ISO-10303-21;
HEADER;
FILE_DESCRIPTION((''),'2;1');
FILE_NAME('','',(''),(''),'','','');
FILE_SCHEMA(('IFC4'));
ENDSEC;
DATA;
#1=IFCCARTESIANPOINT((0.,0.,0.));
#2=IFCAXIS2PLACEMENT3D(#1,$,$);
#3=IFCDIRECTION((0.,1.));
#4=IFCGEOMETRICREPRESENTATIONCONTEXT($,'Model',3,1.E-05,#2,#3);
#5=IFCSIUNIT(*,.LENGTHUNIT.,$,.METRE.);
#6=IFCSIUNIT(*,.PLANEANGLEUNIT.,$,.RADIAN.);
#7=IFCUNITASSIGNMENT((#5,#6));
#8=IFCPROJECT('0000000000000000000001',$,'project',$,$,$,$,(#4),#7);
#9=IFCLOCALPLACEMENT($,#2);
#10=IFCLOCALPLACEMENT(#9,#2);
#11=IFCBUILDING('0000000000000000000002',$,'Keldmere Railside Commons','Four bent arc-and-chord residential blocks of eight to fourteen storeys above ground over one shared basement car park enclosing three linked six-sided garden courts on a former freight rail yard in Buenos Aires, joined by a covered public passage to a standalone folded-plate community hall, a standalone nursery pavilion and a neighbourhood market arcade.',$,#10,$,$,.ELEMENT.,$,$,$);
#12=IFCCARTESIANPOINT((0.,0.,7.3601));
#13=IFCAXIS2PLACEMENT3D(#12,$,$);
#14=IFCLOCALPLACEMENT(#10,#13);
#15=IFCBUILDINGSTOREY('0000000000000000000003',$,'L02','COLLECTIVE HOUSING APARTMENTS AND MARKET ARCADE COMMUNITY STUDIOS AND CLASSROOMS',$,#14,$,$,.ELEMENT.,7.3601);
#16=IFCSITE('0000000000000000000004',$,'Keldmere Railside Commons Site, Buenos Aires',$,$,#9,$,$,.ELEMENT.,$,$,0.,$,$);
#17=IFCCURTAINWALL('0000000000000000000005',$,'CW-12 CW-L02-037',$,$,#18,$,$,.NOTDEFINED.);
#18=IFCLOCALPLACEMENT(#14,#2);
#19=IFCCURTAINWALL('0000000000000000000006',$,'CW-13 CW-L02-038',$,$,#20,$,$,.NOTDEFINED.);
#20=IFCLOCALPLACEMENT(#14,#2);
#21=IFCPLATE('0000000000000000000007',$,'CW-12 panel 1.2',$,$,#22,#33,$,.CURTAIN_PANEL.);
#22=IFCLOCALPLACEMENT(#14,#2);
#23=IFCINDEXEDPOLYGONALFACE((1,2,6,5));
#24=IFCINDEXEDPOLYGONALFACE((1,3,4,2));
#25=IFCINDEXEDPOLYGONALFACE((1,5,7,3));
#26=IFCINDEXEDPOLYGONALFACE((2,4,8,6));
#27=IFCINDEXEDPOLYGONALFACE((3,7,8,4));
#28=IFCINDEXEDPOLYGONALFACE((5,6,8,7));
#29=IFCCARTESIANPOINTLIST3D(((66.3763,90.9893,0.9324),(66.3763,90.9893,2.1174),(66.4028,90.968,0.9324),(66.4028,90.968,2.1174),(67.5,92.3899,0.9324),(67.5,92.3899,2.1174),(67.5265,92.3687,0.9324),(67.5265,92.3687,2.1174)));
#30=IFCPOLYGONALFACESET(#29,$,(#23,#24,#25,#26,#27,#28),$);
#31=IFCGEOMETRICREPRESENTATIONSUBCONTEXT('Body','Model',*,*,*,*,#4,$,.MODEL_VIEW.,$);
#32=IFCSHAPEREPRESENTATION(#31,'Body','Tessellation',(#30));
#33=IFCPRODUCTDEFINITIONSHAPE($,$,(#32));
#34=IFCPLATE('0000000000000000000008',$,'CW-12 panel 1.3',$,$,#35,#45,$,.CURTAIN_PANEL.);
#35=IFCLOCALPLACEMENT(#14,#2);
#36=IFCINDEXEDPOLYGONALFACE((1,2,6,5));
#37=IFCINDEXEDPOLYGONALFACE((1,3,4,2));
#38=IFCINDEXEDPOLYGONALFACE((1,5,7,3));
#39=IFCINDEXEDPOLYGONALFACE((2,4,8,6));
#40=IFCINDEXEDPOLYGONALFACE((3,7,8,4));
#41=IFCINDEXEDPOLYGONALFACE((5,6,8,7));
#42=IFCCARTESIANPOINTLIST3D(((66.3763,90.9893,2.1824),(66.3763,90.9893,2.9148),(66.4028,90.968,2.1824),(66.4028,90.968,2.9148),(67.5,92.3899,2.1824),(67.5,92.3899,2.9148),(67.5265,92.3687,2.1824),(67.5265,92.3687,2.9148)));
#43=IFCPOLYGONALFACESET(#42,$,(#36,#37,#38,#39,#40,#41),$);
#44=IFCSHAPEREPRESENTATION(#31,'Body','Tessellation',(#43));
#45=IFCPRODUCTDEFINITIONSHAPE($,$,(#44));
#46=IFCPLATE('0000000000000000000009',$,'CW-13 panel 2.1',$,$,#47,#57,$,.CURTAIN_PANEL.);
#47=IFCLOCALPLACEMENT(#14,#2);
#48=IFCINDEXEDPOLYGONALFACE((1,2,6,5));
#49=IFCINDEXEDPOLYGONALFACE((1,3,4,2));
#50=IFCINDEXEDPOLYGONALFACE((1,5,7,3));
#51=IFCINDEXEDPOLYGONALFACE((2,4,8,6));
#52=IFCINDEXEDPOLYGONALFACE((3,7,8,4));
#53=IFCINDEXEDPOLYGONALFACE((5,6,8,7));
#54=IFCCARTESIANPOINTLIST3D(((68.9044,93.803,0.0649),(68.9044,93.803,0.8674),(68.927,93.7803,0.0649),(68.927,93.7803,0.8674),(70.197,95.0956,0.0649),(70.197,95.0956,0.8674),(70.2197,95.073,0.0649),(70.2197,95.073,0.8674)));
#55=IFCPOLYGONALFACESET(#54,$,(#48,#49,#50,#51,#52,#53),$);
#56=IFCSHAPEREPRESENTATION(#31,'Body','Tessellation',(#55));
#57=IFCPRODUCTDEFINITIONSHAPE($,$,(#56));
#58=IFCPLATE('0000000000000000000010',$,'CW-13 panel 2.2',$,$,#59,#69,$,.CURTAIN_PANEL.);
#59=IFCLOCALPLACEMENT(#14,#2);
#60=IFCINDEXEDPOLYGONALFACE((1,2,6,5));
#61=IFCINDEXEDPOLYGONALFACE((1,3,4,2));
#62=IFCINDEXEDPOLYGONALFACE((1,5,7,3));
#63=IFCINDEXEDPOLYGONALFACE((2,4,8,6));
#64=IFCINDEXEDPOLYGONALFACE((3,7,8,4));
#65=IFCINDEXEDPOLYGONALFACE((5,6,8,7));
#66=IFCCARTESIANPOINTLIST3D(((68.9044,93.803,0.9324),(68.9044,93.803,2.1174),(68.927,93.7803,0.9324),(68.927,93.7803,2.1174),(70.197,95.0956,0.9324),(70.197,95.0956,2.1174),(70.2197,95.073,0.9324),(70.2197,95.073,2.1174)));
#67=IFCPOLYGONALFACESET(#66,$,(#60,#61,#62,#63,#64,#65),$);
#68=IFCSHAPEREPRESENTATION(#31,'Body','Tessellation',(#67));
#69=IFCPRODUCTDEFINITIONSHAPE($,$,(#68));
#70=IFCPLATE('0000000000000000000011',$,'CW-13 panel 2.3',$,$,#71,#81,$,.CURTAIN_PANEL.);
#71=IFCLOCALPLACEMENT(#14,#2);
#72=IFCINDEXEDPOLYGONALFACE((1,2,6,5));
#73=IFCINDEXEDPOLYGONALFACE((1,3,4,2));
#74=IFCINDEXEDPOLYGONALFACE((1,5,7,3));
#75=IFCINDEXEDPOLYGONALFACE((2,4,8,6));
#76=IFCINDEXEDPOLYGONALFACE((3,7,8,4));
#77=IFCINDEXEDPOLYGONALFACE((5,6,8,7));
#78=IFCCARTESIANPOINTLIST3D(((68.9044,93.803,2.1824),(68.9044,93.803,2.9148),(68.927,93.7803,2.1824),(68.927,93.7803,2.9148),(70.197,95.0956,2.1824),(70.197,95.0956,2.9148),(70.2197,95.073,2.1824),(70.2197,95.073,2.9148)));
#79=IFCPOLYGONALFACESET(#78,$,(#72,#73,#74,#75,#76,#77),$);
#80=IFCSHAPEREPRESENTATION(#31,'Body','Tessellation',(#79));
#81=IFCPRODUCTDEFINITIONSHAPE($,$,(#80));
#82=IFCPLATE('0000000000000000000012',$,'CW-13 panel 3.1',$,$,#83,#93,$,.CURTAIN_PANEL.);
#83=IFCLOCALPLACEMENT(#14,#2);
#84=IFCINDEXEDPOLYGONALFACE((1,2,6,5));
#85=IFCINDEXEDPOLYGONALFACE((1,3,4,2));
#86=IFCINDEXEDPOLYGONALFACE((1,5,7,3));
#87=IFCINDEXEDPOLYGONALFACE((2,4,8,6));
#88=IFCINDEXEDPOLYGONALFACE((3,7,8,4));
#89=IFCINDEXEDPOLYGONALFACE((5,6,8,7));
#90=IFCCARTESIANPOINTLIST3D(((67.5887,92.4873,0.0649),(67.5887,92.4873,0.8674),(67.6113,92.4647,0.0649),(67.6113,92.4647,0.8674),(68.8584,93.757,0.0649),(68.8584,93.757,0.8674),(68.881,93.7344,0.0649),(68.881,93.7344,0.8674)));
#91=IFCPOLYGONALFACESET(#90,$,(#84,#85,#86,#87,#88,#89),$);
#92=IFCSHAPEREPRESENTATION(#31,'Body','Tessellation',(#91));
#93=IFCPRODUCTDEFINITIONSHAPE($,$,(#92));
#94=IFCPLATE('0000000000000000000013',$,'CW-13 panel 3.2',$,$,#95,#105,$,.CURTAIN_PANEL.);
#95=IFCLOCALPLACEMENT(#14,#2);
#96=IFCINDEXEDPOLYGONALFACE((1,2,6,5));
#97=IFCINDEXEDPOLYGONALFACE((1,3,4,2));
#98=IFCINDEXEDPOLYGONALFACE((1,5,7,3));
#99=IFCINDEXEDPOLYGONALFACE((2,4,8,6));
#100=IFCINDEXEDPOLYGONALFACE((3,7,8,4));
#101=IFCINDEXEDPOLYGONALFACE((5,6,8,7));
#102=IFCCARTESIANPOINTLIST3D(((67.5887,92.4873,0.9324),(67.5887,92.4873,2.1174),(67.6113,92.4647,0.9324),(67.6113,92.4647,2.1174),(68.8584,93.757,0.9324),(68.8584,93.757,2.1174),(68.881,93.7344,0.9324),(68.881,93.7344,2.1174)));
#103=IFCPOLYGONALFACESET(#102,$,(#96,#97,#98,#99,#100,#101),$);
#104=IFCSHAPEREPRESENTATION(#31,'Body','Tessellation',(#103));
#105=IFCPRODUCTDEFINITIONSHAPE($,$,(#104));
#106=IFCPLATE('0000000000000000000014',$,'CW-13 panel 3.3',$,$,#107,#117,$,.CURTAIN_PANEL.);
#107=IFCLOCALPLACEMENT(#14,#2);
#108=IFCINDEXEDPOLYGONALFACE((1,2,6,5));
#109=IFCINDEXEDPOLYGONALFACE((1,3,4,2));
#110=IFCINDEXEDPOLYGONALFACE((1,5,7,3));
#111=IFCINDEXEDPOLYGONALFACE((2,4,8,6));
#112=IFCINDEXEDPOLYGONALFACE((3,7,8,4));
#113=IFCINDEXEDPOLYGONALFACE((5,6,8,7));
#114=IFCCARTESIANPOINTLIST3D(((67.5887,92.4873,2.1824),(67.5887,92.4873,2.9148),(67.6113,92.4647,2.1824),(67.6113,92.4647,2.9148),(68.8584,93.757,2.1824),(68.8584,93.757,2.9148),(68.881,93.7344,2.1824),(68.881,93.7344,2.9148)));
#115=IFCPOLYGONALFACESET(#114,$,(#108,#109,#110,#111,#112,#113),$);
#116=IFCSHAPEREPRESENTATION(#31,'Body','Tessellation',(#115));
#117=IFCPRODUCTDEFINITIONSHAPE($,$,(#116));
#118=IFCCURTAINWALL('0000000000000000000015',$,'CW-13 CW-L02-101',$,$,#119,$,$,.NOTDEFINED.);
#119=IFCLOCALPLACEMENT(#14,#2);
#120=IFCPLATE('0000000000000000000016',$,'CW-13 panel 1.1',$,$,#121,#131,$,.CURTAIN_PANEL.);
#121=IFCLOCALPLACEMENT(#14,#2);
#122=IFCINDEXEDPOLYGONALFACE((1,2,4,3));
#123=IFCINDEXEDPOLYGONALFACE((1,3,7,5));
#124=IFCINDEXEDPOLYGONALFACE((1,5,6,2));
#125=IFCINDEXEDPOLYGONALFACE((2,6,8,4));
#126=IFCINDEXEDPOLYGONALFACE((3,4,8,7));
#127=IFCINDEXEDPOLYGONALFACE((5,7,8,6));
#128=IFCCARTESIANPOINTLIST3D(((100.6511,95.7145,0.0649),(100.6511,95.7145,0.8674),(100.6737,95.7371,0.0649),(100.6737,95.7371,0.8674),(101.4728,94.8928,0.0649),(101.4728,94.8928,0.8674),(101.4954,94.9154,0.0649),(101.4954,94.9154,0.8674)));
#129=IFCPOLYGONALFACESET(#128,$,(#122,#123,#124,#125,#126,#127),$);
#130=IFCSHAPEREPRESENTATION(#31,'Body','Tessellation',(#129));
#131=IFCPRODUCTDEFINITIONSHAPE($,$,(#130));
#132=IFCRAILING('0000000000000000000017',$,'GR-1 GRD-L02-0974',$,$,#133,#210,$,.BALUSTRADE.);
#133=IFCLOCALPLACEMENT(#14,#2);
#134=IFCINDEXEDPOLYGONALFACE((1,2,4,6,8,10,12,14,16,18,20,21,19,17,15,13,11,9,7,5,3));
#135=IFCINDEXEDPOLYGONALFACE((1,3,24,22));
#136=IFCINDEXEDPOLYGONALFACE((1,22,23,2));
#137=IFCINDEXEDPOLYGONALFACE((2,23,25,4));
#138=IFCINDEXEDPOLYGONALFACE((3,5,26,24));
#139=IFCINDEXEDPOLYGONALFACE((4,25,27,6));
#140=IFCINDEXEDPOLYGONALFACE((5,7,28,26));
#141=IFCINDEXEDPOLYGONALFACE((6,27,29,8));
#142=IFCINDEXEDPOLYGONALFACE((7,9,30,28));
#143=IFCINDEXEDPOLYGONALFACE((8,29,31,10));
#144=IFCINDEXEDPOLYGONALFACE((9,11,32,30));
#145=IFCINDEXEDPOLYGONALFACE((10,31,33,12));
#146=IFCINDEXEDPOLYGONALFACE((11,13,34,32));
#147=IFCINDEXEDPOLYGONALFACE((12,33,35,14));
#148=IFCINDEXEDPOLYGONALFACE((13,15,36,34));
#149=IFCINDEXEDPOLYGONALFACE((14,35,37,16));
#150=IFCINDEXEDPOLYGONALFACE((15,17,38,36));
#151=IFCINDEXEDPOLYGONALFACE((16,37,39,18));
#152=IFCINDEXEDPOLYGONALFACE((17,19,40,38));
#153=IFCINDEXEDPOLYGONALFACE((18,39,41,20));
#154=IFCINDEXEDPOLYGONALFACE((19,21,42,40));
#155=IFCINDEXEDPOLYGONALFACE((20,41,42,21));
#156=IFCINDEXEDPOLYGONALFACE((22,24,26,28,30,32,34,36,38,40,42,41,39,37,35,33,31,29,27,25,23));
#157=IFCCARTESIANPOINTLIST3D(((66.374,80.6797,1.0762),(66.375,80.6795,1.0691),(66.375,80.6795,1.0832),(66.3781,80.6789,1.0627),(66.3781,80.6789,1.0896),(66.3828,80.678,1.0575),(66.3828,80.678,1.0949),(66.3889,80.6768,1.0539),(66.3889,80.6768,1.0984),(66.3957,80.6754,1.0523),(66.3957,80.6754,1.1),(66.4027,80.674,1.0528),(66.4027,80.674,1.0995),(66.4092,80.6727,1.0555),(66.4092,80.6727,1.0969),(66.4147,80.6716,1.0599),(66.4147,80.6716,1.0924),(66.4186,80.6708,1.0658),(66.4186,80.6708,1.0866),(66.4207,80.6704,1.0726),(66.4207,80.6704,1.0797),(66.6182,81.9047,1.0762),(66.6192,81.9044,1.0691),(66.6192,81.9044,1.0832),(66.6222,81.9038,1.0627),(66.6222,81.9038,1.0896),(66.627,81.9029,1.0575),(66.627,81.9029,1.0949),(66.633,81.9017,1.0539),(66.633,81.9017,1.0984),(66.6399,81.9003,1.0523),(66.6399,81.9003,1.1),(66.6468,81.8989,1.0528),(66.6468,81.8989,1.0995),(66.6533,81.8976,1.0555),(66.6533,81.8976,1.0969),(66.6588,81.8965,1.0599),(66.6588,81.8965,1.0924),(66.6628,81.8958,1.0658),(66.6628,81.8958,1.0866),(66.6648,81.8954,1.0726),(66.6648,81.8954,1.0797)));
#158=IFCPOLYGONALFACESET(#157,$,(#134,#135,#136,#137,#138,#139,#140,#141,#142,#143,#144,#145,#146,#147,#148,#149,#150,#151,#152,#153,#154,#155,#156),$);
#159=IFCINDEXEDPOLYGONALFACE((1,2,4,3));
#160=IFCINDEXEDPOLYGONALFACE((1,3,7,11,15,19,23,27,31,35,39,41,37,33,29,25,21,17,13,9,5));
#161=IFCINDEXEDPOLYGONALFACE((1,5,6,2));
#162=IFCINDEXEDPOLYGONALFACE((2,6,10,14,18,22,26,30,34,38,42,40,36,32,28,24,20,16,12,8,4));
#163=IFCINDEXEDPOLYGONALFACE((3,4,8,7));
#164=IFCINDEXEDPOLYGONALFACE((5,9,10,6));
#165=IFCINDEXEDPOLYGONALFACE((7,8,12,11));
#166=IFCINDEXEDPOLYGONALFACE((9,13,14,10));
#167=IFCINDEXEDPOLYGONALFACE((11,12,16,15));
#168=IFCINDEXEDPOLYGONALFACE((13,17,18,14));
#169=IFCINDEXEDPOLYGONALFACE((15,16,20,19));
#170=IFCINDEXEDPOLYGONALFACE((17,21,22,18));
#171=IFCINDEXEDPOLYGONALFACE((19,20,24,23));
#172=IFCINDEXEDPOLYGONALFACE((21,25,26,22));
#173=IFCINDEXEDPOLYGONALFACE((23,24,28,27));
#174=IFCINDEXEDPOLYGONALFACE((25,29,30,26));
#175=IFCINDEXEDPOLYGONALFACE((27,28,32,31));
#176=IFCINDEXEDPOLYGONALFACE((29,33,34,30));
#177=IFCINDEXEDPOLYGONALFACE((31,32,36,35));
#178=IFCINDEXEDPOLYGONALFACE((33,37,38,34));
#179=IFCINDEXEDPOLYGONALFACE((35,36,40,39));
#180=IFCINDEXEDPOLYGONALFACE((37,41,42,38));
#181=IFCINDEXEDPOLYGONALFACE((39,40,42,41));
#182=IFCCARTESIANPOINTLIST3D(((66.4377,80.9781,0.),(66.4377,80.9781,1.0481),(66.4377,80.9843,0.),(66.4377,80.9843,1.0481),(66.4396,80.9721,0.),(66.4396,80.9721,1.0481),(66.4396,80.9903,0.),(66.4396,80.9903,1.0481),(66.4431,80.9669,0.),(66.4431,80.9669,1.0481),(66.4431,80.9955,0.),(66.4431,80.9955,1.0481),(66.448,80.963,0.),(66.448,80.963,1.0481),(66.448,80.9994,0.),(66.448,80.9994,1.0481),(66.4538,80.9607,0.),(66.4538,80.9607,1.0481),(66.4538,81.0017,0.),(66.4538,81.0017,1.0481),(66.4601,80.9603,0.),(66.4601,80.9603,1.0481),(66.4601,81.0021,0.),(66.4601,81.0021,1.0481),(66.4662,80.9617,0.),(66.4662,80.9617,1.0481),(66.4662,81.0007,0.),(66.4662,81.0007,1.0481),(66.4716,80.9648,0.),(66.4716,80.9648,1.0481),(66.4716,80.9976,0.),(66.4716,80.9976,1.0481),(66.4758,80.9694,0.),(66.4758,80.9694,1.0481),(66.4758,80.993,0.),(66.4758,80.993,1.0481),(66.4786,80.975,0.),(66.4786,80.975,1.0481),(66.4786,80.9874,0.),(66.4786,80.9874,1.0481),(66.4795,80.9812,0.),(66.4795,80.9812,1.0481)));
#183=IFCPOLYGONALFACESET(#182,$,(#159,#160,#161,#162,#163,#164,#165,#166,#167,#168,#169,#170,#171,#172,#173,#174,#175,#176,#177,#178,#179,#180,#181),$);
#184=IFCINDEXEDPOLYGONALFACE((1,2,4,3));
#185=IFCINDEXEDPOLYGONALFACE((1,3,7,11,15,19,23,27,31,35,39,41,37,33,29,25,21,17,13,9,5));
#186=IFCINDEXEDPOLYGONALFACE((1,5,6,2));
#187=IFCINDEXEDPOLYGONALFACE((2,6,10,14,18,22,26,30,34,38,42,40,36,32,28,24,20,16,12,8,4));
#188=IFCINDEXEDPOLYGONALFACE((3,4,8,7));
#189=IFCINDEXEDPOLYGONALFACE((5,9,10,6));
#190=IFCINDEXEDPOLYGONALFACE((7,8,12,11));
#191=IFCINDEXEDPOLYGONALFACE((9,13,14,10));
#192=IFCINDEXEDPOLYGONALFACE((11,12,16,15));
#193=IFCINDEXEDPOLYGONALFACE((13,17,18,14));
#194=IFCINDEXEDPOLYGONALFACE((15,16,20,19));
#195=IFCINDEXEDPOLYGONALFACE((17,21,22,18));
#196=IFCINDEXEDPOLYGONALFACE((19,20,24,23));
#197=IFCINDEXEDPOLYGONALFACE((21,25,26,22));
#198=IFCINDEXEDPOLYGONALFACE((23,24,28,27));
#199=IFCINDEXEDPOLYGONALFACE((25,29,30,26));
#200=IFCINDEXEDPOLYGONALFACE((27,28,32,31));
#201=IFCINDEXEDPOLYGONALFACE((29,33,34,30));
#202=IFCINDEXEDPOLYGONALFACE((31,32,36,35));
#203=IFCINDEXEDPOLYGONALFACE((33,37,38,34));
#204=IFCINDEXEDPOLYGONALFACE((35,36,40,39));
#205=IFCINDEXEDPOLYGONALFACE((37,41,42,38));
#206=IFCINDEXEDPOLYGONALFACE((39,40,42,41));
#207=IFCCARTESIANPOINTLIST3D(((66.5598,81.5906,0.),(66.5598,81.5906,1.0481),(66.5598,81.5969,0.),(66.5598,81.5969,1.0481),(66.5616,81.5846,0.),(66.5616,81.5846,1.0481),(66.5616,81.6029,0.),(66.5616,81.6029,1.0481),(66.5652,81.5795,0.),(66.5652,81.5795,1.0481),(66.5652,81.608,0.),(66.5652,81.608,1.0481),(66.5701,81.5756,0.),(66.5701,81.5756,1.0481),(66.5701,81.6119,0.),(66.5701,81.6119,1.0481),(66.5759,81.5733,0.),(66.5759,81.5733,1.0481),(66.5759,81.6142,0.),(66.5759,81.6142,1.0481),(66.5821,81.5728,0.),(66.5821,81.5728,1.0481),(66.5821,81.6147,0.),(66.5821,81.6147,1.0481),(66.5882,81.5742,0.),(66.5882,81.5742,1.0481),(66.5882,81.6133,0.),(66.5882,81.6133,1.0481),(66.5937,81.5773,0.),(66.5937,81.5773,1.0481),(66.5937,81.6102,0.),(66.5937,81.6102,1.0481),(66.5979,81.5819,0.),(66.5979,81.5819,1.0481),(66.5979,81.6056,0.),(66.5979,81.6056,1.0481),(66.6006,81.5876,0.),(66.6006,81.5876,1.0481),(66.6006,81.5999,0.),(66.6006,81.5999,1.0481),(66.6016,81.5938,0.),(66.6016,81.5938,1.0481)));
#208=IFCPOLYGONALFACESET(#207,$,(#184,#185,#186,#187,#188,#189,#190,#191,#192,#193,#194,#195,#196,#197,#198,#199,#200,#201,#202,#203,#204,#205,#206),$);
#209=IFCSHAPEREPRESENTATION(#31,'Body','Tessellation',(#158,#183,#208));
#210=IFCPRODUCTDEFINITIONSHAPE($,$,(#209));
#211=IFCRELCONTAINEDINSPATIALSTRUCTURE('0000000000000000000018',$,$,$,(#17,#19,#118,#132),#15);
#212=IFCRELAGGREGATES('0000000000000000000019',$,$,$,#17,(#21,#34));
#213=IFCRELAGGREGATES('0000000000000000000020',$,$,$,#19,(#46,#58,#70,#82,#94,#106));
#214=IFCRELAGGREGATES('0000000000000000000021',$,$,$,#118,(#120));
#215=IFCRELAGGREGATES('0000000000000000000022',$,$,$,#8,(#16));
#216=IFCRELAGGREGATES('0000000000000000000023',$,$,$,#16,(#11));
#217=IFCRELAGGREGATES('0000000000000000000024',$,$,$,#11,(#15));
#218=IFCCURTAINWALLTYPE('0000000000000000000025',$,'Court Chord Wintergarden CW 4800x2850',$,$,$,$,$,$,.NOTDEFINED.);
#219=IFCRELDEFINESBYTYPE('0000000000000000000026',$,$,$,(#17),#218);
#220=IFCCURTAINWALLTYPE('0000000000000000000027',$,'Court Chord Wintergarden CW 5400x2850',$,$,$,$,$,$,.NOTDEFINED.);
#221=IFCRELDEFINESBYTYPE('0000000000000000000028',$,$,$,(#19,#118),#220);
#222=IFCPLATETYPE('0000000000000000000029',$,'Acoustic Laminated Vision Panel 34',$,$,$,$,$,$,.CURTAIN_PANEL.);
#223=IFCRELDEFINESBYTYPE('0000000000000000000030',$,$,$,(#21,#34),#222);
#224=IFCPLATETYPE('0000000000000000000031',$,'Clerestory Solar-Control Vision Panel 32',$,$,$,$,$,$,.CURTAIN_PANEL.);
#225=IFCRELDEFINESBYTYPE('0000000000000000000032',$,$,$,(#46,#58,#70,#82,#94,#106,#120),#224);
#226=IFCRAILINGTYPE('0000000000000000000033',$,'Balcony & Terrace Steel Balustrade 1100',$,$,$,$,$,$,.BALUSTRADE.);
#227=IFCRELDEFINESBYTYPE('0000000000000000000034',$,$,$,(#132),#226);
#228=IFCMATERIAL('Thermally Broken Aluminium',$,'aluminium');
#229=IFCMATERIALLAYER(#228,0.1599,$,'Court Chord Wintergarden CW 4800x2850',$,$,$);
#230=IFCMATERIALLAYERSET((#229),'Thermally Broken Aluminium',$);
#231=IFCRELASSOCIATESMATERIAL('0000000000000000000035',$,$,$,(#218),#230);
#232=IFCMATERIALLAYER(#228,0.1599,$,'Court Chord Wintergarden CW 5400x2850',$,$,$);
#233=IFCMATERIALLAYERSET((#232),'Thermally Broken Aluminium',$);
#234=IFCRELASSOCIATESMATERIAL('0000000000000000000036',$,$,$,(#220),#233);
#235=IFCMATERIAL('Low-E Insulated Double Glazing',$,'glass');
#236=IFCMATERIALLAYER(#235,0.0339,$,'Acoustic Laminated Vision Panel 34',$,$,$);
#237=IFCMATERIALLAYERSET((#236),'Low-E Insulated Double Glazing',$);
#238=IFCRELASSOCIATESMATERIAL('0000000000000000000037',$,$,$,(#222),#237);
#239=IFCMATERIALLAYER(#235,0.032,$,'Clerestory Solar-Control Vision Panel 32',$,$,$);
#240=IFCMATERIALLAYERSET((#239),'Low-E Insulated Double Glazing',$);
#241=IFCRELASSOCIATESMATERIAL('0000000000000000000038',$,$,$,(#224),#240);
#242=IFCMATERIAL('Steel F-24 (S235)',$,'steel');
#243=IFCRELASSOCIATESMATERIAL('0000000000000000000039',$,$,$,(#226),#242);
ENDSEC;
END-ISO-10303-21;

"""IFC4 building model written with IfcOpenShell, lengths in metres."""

from ifc_helpers import new_model, si_unit, direction, frame, origin, origin_2d, place, context, subcontext, project, spatial, rectangle, circle, extrude, material, layer, layer_set, type_object, element, aggregate, save


model = new_model("IFC4")

# Units and contexts
model_context = context("Model", 3, precision=1e-05, world=origin(), true_north=direction((0.0, 1.0)))
body_context = subcontext(model_context, "Body", "Model", "MODEL_VIEW")
ifc_project = project(units=[si_unit("LENGTHUNIT", "METRE"), si_unit("PLANEANGLEUNIT", "RADIAN")], contexts=[model_context])

# Site, building, storey
site_placement = place(None, origin())
site = spatial("IfcSite", under=ifc_project, at=site_placement, Name="Keldmere Railside Commons Site, Buenos Aires", CompositionType="ELEMENT", RefElevation=0.0)
building_placement = place(site_placement, origin())
building = spatial("IfcBuilding", under=site, at=building_placement, Name="Keldmere Railside Commons", Description="Four bent arc-and-chord residential blocks of eight to fourteen storeys above ground over one shared basement car park enclosing three linked six-sided garden courts on a former freight rail yard in Buenos Aires, joined by a covered public passage to a standalone folded-plate community hall, a standalone nursery pavilion and a neighbourhood market arcade.", CompositionType="ELEMENT")
storey_placement = place(building_placement, frame((0.0, 0.0, 7.3601)))
storey = spatial("IfcBuildingStorey", under=building, at=storey_placement, Name="L02", Description="COLLECTIVE HOUSING APARTMENTS AND MARKET ARCADE COMMUNITY STUDIOS AND CLASSROOMS", CompositionType="ELEMENT", Elevation=7.3601)

# Curtain walls
ifc_material_1 = material(Name="Thermally Broken Aluminium", Category="aluminium")
ifc_layer_1 = layer(ifc_material_1, 0.1599, Name="Court Chord Wintergarden CW 4800x2850")
ifc_layer_set_1 = layer_set([ifc_layer_1], Name="Thermally Broken Aluminium")
curtain_wall_type_1 = type_object("IfcCurtainWallType", Name="Court Chord Wintergarden CW 4800x2850", PredefinedType="NOTDEFINED", material=ifc_layer_set_1)
curtain_wall_1_placement = place(storey_placement, origin())
curtain_wall_1 = element("IfcCurtainWall", 1, at=curtain_wall_1_placement, inside=storey, type_object=curtain_wall_type_1, Name="CW-12 CW-L02-037", PredefinedType="NOTDEFINED")
ifc_layer_2 = layer(ifc_material_1, 0.1599, Name="Court Chord Wintergarden CW 5400x2850")
ifc_layer_set_2 = layer_set([ifc_layer_2], Name="Thermally Broken Aluminium")
curtain_wall_type_2 = type_object("IfcCurtainWallType", Name="Court Chord Wintergarden CW 5400x2850", PredefinedType="NOTDEFINED", material=ifc_layer_set_2)
curtain_wall_2_placement = place(storey_placement, origin())
curtain_wall_2 = element("IfcCurtainWall", 2, at=curtain_wall_2_placement, inside=storey, type_object=curtain_wall_type_2, Name="CW-13 CW-L02-038", PredefinedType="NOTDEFINED")

# Plates
ifc_material_2 = material(Name="Low-E Insulated Double Glazing", Category="glass")
ifc_layer_3 = layer(ifc_material_2, 0.0339, Name="Acoustic Laminated Vision Panel 34")
ifc_layer_set_3 = layer_set([ifc_layer_3], Name="Low-E Insulated Double Glazing")
plate_type_1 = type_object("IfcPlateType", Name="Acoustic Laminated Vision Panel 34", PredefinedType="CURTAIN_PANEL", material=ifc_layer_set_3)
plate_1_placement = place(storey_placement, frame((66.9514, 91.679, 0.9324), z_axis=(0.0, 0.0, 1.0), x_axis=(-0.625768, -0.780009, 0.0)))
plate_1 = element("IfcPlate", 3, at=plate_1_placement, type_object=plate_type_1, Name="CW-12 panel 1.2", PredefinedType="CURTAIN_PANEL", context=body_context, shape_type="SweptSolid", body=[
    extrude(rectangle(XDim=1.7957, YDim=0.0339, at=origin_2d()), origin(), (0.0, 0.0, 1.0), 1.1851),
])
plate_2_placement = place(storey_placement, frame((66.9514, 91.679, 2.1824), z_axis=(0.0, 0.0, 1.0), x_axis=(-0.625768, -0.780009, 0.0)))
plate_2 = element("IfcPlate", 4, at=plate_2_placement, type_object=plate_type_1, Name="CW-12 panel 1.3", PredefinedType="CURTAIN_PANEL", context=body_context, shape_type="SweptSolid", body=[
    extrude(rectangle(XDim=1.7957, YDim=0.0339, at=origin_2d()), origin(), (0.0, 0.0, 1.0), 0.7324),
])
aggregate(curtain_wall_1, [plate_1, plate_2])
ifc_layer_4 = layer(ifc_material_2, 0.032, Name="Clerestory Solar-Control Vision Panel 32")
ifc_layer_set_4 = layer_set([ifc_layer_4], Name="Low-E Insulated Double Glazing")
plate_type_2 = type_object("IfcPlateType", Name="Clerestory Solar-Control Vision Panel 32", PredefinedType="CURTAIN_PANEL", material=ifc_layer_set_4)
plate_3_placement = place(storey_placement, frame((69.562, 94.438, 0.0649), z_axis=(0.0, 0.0, 1.0), x_axis=(-0.707107, -0.707107, 0.0)))
plate_3 = element("IfcPlate", 5, at=plate_3_placement, type_object=plate_type_2, Name="CW-13 panel 2.1", PredefinedType="CURTAIN_PANEL", context=body_context, shape_type="SweptSolid", body=[
    extrude(rectangle(XDim=1.8281, YDim=0.032, at=origin_2d()), origin(), (0.0, 0.0, 1.0), 0.8025),
])
plate_4_placement = place(storey_placement, frame((69.562, 94.438, 0.9324), z_axis=(0.0, 0.0, 1.0), x_axis=(-0.707107, -0.707107, 0.0)))
plate_4 = element("IfcPlate", 6, at=plate_4_placement, type_object=plate_type_2, Name="CW-13 panel 2.2", PredefinedType="CURTAIN_PANEL", context=body_context, shape_type="SweptSolid", body=[
    extrude(rectangle(XDim=1.8281, YDim=0.032, at=origin_2d()), origin(), (0.0, 0.0, 1.0), 1.1851),
])
plate_5_placement = place(storey_placement, frame((69.562, 94.438, 2.1824), z_axis=(0.0, 0.0, 1.0), x_axis=(-0.707107, -0.707107, 0.0)))
plate_5 = element("IfcPlate", 7, at=plate_5_placement, type_object=plate_type_2, Name="CW-13 panel 2.3", PredefinedType="CURTAIN_PANEL", context=body_context, shape_type="SweptSolid", body=[
    extrude(rectangle(XDim=1.8281, YDim=0.032, at=origin_2d()), origin(), (0.0, 0.0, 1.0), 0.7324),
])
plate_6_placement = place(storey_placement, frame((68.2349, 93.1108, 0.0649), z_axis=(0.0, 0.0, 1.0), x_axis=(-0.707107, -0.707107, 0.0)))
plate_6 = element("IfcPlate", 8, at=plate_6_placement, type_object=plate_type_2, Name="CW-13 panel 3.1", PredefinedType="CURTAIN_PANEL", context=body_context, shape_type="SweptSolid", body=[
    extrude(rectangle(XDim=1.7957, YDim=0.032, at=origin_2d()), origin(), (0.0, 0.0, 1.0), 0.8025),
])
plate_7_placement = place(storey_placement, frame((68.2349, 93.1108, 0.9324), z_axis=(0.0, 0.0, 1.0), x_axis=(-0.707107, -0.707107, 0.0)))
plate_7 = element("IfcPlate", 9, at=plate_7_placement, type_object=plate_type_2, Name="CW-13 panel 3.2", PredefinedType="CURTAIN_PANEL", context=body_context, shape_type="SweptSolid", body=[
    extrude(rectangle(XDim=1.7957, YDim=0.032, at=origin_2d()), origin(), (0.0, 0.0, 1.0), 1.1851),
])
plate_8_placement = place(storey_placement, frame((68.2349, 93.1108, 2.1824), z_axis=(0.0, 0.0, 1.0), x_axis=(-0.707107, -0.707107, 0.0)))
plate_8 = element("IfcPlate", 10, at=plate_8_placement, type_object=plate_type_2, Name="CW-13 panel 3.3", PredefinedType="CURTAIN_PANEL", context=body_context, shape_type="SweptSolid", body=[
    extrude(rectangle(XDim=1.7957, YDim=0.032, at=origin_2d()), origin(), (0.0, 0.0, 1.0), 0.7324),
])
aggregate(curtain_wall_2, [plate_3, plate_4, plate_5, plate_6, plate_7, plate_8])

# Curtain wall, plate
curtain_wall_3_placement = place(storey_placement, origin())
curtain_wall_3 = element("IfcCurtainWall", 11, at=curtain_wall_3_placement, inside=storey, type_object=curtain_wall_type_2, Name="CW-13 CW-L02-101", PredefinedType="NOTDEFINED")
plate_9_placement = place(storey_placement, frame((101.0732, 95.3149, 0.0649), z_axis=(0.0, 0.0, 1.0), x_axis=(-0.707107, 0.707107, 0.0)))
plate_9 = element("IfcPlate", 12, at=plate_9_placement, type_object=plate_type_2, Name="CW-13 panel 1.1", PredefinedType="CURTAIN_PANEL", context=body_context, shape_type="SweptSolid", body=[
    extrude(rectangle(XDim=1.1621, YDim=0.032, at=origin_2d()), origin(), (0.0, 0.0, 1.0), 0.8025),
])
aggregate(curtain_wall_3, [plate_9])

# Railing
ifc_material_3 = material(Name="Steel F-24 (S235)", Category="steel")
railing_type = type_object("IfcRailingType", Name="Balcony & Terrace Steel Balustrade 1100", PredefinedType="BALUSTRADE", material=ifc_material_3)
railing_1_placement = place(storey_placement, frame((66.3975, 80.675, 0.0)))
element("IfcRailing", 13, at=railing_1_placement, inside=storey, type_object=railing_type, Name="GR-1 GRD-L02-0974", PredefinedType="BALUSTRADE", context=body_context, shape_type="SweptSolid", body=[
    extrude(circle(Radius=0.0239, at=origin_2d()), frame((0.0, 0.0, 1.0762), z_axis=(0.195477, 0.980708, 0.0), x_axis=(-0.980708, 0.195477, 0.0)), (0.0, 0.0, 1.0), 1.249),
    extrude(circle(Radius=0.021, at=origin_2d()), frame((0.061, 0.3062, 0.0)), (0.0, 0.0, 1.0), 1.0481),
    extrude(circle(Radius=0.021, at=origin_2d()), frame((0.1831, 0.9187, 0.0)), (0.0, 0.0, 1.0), 1.0481),
])

save(model, "model.ifc")
